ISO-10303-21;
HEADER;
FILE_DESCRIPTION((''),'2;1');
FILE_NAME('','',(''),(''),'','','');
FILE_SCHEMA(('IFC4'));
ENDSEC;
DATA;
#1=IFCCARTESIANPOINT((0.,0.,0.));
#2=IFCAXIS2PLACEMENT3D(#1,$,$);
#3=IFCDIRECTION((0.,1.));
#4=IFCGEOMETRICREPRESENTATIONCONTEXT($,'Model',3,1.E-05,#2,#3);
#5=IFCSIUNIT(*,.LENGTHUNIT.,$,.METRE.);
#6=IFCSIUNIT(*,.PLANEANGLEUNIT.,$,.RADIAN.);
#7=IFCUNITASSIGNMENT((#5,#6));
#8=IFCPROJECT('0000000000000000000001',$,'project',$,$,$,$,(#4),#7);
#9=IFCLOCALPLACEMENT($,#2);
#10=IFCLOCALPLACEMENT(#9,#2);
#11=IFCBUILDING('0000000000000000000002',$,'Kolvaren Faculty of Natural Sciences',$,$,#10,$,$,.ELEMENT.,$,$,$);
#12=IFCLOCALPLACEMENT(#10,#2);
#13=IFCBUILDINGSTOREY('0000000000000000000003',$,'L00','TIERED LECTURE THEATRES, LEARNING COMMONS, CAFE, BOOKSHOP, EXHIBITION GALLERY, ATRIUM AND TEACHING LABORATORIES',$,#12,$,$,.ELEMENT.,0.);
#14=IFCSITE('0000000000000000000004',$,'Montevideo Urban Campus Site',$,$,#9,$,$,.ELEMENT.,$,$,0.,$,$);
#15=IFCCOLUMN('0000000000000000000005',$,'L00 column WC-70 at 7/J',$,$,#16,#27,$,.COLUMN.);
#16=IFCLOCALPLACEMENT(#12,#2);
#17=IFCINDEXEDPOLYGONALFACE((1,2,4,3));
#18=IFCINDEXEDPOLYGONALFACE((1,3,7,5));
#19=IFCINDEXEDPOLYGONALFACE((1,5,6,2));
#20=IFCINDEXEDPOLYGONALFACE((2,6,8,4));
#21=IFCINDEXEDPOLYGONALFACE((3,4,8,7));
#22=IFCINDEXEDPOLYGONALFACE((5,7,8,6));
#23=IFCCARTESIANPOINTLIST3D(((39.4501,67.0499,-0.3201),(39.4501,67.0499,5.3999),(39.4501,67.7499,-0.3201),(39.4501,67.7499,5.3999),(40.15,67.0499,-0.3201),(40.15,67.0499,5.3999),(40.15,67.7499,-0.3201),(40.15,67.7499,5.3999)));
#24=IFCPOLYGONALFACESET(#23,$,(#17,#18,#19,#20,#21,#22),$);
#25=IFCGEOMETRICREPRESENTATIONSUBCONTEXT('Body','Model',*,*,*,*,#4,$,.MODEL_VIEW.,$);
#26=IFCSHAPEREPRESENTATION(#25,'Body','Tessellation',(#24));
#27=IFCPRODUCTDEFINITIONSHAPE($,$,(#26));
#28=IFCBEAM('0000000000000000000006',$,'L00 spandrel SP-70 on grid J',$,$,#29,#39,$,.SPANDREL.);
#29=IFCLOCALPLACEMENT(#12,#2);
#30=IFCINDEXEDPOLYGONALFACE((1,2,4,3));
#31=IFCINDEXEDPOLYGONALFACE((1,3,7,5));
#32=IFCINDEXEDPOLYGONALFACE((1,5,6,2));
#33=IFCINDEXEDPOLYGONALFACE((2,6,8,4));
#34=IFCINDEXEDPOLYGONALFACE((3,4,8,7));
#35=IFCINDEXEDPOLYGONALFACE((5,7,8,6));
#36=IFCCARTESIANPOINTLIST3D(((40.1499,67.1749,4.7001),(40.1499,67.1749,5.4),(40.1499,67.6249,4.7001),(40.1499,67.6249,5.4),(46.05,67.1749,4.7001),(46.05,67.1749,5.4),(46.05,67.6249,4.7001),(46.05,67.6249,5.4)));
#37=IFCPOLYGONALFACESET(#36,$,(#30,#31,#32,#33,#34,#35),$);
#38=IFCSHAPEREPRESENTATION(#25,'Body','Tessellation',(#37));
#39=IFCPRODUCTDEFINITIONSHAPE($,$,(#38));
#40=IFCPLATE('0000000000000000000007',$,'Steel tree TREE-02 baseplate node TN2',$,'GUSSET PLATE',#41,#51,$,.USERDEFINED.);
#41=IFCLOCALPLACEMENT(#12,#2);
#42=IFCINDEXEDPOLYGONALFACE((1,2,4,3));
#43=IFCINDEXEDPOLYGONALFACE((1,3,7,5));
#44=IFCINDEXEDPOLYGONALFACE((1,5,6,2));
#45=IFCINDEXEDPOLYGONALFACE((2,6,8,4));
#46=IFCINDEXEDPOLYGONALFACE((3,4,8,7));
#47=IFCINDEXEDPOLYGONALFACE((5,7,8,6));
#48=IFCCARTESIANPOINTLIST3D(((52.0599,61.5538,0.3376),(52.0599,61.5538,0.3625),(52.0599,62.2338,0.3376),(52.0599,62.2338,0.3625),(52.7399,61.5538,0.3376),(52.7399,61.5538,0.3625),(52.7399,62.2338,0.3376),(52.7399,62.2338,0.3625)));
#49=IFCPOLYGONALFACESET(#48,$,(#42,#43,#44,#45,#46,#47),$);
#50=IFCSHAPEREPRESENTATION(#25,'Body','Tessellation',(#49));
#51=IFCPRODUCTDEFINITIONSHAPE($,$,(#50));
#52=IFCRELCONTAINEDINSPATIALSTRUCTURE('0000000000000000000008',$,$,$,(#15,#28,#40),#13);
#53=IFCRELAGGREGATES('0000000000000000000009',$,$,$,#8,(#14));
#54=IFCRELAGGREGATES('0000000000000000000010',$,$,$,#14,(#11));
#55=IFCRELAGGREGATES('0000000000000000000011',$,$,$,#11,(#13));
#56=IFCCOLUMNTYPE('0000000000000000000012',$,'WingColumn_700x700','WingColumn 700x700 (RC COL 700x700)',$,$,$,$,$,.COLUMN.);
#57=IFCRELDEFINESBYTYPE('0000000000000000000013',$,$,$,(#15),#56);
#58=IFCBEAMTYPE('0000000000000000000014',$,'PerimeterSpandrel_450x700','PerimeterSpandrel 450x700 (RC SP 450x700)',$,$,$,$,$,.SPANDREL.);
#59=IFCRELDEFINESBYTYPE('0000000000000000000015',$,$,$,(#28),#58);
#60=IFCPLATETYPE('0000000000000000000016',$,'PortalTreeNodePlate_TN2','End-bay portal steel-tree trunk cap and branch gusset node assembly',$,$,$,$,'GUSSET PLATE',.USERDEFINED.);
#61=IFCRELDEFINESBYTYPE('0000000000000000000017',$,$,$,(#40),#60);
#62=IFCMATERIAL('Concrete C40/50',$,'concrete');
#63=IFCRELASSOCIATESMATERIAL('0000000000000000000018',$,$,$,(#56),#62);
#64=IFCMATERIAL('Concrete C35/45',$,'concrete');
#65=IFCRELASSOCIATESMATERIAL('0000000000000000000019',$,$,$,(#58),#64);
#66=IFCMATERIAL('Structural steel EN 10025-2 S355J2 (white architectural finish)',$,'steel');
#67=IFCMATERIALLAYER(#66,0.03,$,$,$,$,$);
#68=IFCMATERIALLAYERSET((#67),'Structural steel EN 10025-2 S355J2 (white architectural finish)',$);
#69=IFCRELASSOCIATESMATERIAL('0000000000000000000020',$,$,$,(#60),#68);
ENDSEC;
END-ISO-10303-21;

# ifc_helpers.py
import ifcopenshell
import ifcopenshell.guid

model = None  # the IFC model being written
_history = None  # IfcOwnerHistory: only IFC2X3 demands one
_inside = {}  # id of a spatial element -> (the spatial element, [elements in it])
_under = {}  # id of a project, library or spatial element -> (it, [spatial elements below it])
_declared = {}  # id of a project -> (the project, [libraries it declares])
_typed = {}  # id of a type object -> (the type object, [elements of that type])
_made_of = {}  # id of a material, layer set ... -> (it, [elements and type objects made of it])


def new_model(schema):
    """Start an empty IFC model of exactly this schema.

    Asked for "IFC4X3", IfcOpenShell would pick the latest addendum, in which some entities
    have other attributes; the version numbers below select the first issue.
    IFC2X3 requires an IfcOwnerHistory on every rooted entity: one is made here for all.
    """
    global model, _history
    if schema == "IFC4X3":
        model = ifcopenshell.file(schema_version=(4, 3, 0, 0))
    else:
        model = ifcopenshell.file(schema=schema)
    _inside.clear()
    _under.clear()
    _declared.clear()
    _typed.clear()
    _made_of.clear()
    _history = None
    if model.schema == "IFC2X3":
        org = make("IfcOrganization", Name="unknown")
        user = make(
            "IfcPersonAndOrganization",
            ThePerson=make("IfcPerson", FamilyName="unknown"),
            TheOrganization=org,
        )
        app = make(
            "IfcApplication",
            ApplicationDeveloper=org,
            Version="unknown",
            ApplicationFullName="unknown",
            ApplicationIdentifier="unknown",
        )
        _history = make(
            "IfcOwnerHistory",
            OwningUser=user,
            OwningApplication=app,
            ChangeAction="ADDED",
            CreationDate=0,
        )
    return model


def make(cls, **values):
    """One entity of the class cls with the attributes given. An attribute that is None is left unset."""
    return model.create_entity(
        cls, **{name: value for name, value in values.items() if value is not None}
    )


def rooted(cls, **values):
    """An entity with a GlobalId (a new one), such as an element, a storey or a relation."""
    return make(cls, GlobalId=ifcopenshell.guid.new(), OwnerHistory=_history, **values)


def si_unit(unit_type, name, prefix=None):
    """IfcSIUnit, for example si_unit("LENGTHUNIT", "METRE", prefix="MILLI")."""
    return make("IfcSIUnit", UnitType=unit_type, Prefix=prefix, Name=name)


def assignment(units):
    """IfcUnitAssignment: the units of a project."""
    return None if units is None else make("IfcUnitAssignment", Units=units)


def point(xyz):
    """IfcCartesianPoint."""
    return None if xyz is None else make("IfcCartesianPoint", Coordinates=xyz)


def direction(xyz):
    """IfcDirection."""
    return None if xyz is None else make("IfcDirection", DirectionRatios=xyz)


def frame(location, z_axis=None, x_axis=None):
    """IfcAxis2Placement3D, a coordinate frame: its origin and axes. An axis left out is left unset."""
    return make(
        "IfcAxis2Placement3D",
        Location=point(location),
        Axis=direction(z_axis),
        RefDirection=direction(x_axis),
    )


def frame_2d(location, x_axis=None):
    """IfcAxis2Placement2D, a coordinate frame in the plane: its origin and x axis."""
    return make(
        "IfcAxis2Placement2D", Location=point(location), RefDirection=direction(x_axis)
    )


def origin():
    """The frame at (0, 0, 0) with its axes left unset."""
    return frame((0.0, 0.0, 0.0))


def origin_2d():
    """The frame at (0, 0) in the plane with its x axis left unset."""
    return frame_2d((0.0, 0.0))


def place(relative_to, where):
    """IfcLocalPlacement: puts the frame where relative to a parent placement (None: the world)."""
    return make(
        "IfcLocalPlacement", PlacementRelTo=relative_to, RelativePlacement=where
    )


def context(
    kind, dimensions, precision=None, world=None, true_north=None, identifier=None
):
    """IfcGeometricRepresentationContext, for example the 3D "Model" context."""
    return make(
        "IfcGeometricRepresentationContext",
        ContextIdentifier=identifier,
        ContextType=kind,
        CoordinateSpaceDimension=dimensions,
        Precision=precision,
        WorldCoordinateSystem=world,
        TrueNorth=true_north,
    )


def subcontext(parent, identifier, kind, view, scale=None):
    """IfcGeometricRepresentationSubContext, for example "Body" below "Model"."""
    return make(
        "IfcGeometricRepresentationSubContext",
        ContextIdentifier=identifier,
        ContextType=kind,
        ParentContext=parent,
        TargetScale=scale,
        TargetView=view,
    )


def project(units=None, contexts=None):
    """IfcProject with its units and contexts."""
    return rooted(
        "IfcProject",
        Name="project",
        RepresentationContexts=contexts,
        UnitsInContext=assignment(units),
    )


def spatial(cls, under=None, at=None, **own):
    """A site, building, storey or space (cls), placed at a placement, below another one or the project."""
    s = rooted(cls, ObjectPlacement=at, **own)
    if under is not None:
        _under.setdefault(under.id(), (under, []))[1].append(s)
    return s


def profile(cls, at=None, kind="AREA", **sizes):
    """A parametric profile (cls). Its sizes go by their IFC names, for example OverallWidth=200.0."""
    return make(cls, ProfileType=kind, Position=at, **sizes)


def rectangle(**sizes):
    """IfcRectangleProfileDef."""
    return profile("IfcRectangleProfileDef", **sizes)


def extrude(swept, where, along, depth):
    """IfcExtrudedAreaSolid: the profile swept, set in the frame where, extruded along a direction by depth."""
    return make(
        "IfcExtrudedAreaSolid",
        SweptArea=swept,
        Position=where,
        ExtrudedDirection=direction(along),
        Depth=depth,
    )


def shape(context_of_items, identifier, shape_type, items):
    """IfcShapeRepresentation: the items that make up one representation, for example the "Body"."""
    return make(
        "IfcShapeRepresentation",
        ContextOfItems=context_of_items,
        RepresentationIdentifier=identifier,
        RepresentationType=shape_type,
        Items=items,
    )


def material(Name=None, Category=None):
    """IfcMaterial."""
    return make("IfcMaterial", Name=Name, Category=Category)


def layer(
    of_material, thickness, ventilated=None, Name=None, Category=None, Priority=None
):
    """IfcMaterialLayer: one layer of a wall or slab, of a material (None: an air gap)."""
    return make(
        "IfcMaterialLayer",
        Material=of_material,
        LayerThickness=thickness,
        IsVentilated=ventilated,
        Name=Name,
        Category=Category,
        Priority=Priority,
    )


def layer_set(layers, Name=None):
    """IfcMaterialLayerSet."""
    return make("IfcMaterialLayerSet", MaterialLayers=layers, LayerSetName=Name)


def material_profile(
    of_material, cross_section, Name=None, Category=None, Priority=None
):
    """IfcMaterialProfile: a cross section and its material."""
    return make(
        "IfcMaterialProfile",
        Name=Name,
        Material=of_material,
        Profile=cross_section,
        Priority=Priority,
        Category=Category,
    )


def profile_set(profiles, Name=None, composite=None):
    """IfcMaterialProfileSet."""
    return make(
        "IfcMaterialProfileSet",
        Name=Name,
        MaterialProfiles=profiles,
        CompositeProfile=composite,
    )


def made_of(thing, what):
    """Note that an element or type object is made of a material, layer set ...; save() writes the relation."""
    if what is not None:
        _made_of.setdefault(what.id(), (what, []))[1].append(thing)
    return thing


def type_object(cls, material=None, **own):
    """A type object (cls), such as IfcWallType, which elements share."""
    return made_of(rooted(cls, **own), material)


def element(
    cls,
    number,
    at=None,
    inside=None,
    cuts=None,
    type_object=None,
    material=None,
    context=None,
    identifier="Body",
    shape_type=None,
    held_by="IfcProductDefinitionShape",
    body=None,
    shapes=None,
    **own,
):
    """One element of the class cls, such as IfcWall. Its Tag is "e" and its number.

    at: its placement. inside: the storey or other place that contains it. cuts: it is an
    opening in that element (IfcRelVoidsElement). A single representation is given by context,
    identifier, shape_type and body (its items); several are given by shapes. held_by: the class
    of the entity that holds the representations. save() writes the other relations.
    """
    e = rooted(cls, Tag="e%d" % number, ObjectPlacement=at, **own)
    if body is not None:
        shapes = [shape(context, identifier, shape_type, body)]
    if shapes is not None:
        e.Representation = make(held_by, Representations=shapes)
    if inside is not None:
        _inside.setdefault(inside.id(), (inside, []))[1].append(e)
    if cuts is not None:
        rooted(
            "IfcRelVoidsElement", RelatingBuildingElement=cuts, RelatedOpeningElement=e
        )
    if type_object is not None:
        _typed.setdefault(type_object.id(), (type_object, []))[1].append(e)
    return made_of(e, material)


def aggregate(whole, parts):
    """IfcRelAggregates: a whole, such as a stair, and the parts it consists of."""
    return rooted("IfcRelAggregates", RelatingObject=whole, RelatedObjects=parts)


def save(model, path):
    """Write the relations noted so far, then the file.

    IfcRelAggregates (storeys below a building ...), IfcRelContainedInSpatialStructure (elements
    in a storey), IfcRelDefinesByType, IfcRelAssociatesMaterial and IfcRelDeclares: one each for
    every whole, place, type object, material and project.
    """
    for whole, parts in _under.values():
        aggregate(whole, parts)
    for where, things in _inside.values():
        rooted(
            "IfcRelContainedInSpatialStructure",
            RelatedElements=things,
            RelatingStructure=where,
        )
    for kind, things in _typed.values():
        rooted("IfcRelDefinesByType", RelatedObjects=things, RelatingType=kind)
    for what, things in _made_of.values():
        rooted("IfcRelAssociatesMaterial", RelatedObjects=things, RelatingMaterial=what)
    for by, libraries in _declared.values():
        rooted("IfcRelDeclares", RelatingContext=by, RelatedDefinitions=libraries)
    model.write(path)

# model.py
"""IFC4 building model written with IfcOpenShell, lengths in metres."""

from ifc_helpers import new_model, si_unit, direction, frame, origin, origin_2d, place, context, subcontext, project, spatial, rectangle, extrude, material, layer, layer_set, material_profile, profile_set, type_object, element, save


model = new_model("IFC4")

# Units and contexts
model_context = context("Model", 3, precision=1e-05, world=origin(), true_north=direction((0.0, 1.0)))
body_context = subcontext(model_context, "Body", "Model", "MODEL_VIEW")
ifc_project = project(units=[si_unit("LENGTHUNIT", "METRE"), si_unit("PLANEANGLEUNIT", "RADIAN")], contexts=[model_context])

# Site, building, storey
site_placement = place(None, origin())
site = spatial("IfcSite", under=ifc_project, at=site_placement, Name="Montevideo Urban Campus Site", CompositionType="ELEMENT", RefElevation=0.0)
building_placement = place(site_placement, origin())
building = spatial("IfcBuilding", under=site, at=building_placement, Name="Kolvaren Faculty of Natural Sciences", CompositionType="ELEMENT")
storey_placement = place(building_placement, origin())
storey = spatial("IfcBuildingStorey", under=building, at=storey_placement, Name="L00", Description="TIERED LECTURE THEATRES, LEARNING COMMONS, CAFE, BOOKSHOP, EXHIBITION GALLERY, ATRIUM AND TEACHING LABORATORIES", CompositionType="ELEMENT", Elevation=0.0)

# Shared definitions
ifc_material_1 = material(Name="Concrete C35/45", Category="concrete")

# Column
ifc_material_2 = material(Name="Concrete C40/50", Category="concrete")
ifc_material_profile_1 = material_profile(ifc_material_2, rectangle(XDim=0.7, YDim=0.7, at=origin_2d()), Name="RC COL 700x700")
ifc_profile_set_1 = profile_set([ifc_material_profile_1], Name="Concrete C40/50")
column_type_1 = type_object("IfcColumnType", Name="WingColumn_700x700", Description="WingColumn 700x700 (RC COL 700x700)", PredefinedType="COLUMN", material=ifc_profile_set_1)
column_1_placement = place(storey_placement, frame((39.8, 67.3999, -0.3201), z_axis=(0.0, 0.0, 1.0), x_axis=(1.0, 0.0, 0.0)))
element("IfcColumn", 1, at=column_1_placement, inside=storey, type_object=column_type_1, Name="L00 column WC-70 at 7/J", PredefinedType="COLUMN", context=body_context, shape_type="SweptSolid", body=[
    extrude(rectangle(XDim=0.7, YDim=0.7, at=origin_2d()), origin(), (0.0, 0.0, 1.0), 5.72),
])

# Beam
ifc_material_profile_2 = material_profile(ifc_material_1, rectangle(XDim=0.45, YDim=0.7, at=origin_2d()), Name="RC SP 450x700")
ifc_profile_set_2 = profile_set([ifc_material_profile_2], Name="Concrete C35/45")
beam_type = type_object("IfcBeamType", Name="PerimeterSpandrel_450x700", Description="PerimeterSpandrel 450x700 (RC SP 450x700)", PredefinedType="SPANDREL", material=ifc_profile_set_2)
beam_placement = place(storey_placement, frame((40.1499, 67.3999, 5.05), z_axis=(1.0, 0.0, 0.0), x_axis=(0.0, 1.0, 0.0)))
element("IfcBeam", 2, at=beam_placement, inside=storey, type_object=beam_type, Name="L00 spandrel SP-70 on grid J", PredefinedType="SPANDREL", context=body_context, shape_type="SweptSolid", body=[
    extrude(rectangle(XDim=0.45, YDim=0.7, at=origin_2d()), origin(), (0.0, 0.0, 1.0), 5.9001),
])

# Plate
ifc_material_3 = material(Name="Structural steel EN 10025-2 S355J2 (white architectural finish)", Category="steel")
ifc_layer = layer(ifc_material_3, 0.03)
ifc_layer_set = layer_set([ifc_layer], Name="Structural steel EN 10025-2 S355J2 (white architectural finish)")
plate_type = type_object("IfcPlateType", Name="PortalTreeNodePlate_TN2", Description="End-bay portal steel-tree trunk cap and branch gusset node assembly", ElementType="GUSSET PLATE", PredefinedType="USERDEFINED", material=ifc_layer_set)
plate_placement = place(storey_placement, frame((52.3999, 61.8938, 0.3376), z_axis=(0.0, 0.0, 1.0), x_axis=(1.0, 0.0, 0.0)))
element("IfcPlate", 3, at=plate_placement, inside=storey, type_object=plate_type, Name="Steel tree TREE-02 baseplate node TN2", ObjectType="GUSSET PLATE", PredefinedType="USERDEFINED", context=body_context, shape_type="SweptSolid", body=[
    extrude(rectangle(XDim=0.6799, YDim=0.6799, at=origin_2d()), origin(), (0.0, 0.0, 1.0), 0.0249),
])

save(model, "model.ifc")
